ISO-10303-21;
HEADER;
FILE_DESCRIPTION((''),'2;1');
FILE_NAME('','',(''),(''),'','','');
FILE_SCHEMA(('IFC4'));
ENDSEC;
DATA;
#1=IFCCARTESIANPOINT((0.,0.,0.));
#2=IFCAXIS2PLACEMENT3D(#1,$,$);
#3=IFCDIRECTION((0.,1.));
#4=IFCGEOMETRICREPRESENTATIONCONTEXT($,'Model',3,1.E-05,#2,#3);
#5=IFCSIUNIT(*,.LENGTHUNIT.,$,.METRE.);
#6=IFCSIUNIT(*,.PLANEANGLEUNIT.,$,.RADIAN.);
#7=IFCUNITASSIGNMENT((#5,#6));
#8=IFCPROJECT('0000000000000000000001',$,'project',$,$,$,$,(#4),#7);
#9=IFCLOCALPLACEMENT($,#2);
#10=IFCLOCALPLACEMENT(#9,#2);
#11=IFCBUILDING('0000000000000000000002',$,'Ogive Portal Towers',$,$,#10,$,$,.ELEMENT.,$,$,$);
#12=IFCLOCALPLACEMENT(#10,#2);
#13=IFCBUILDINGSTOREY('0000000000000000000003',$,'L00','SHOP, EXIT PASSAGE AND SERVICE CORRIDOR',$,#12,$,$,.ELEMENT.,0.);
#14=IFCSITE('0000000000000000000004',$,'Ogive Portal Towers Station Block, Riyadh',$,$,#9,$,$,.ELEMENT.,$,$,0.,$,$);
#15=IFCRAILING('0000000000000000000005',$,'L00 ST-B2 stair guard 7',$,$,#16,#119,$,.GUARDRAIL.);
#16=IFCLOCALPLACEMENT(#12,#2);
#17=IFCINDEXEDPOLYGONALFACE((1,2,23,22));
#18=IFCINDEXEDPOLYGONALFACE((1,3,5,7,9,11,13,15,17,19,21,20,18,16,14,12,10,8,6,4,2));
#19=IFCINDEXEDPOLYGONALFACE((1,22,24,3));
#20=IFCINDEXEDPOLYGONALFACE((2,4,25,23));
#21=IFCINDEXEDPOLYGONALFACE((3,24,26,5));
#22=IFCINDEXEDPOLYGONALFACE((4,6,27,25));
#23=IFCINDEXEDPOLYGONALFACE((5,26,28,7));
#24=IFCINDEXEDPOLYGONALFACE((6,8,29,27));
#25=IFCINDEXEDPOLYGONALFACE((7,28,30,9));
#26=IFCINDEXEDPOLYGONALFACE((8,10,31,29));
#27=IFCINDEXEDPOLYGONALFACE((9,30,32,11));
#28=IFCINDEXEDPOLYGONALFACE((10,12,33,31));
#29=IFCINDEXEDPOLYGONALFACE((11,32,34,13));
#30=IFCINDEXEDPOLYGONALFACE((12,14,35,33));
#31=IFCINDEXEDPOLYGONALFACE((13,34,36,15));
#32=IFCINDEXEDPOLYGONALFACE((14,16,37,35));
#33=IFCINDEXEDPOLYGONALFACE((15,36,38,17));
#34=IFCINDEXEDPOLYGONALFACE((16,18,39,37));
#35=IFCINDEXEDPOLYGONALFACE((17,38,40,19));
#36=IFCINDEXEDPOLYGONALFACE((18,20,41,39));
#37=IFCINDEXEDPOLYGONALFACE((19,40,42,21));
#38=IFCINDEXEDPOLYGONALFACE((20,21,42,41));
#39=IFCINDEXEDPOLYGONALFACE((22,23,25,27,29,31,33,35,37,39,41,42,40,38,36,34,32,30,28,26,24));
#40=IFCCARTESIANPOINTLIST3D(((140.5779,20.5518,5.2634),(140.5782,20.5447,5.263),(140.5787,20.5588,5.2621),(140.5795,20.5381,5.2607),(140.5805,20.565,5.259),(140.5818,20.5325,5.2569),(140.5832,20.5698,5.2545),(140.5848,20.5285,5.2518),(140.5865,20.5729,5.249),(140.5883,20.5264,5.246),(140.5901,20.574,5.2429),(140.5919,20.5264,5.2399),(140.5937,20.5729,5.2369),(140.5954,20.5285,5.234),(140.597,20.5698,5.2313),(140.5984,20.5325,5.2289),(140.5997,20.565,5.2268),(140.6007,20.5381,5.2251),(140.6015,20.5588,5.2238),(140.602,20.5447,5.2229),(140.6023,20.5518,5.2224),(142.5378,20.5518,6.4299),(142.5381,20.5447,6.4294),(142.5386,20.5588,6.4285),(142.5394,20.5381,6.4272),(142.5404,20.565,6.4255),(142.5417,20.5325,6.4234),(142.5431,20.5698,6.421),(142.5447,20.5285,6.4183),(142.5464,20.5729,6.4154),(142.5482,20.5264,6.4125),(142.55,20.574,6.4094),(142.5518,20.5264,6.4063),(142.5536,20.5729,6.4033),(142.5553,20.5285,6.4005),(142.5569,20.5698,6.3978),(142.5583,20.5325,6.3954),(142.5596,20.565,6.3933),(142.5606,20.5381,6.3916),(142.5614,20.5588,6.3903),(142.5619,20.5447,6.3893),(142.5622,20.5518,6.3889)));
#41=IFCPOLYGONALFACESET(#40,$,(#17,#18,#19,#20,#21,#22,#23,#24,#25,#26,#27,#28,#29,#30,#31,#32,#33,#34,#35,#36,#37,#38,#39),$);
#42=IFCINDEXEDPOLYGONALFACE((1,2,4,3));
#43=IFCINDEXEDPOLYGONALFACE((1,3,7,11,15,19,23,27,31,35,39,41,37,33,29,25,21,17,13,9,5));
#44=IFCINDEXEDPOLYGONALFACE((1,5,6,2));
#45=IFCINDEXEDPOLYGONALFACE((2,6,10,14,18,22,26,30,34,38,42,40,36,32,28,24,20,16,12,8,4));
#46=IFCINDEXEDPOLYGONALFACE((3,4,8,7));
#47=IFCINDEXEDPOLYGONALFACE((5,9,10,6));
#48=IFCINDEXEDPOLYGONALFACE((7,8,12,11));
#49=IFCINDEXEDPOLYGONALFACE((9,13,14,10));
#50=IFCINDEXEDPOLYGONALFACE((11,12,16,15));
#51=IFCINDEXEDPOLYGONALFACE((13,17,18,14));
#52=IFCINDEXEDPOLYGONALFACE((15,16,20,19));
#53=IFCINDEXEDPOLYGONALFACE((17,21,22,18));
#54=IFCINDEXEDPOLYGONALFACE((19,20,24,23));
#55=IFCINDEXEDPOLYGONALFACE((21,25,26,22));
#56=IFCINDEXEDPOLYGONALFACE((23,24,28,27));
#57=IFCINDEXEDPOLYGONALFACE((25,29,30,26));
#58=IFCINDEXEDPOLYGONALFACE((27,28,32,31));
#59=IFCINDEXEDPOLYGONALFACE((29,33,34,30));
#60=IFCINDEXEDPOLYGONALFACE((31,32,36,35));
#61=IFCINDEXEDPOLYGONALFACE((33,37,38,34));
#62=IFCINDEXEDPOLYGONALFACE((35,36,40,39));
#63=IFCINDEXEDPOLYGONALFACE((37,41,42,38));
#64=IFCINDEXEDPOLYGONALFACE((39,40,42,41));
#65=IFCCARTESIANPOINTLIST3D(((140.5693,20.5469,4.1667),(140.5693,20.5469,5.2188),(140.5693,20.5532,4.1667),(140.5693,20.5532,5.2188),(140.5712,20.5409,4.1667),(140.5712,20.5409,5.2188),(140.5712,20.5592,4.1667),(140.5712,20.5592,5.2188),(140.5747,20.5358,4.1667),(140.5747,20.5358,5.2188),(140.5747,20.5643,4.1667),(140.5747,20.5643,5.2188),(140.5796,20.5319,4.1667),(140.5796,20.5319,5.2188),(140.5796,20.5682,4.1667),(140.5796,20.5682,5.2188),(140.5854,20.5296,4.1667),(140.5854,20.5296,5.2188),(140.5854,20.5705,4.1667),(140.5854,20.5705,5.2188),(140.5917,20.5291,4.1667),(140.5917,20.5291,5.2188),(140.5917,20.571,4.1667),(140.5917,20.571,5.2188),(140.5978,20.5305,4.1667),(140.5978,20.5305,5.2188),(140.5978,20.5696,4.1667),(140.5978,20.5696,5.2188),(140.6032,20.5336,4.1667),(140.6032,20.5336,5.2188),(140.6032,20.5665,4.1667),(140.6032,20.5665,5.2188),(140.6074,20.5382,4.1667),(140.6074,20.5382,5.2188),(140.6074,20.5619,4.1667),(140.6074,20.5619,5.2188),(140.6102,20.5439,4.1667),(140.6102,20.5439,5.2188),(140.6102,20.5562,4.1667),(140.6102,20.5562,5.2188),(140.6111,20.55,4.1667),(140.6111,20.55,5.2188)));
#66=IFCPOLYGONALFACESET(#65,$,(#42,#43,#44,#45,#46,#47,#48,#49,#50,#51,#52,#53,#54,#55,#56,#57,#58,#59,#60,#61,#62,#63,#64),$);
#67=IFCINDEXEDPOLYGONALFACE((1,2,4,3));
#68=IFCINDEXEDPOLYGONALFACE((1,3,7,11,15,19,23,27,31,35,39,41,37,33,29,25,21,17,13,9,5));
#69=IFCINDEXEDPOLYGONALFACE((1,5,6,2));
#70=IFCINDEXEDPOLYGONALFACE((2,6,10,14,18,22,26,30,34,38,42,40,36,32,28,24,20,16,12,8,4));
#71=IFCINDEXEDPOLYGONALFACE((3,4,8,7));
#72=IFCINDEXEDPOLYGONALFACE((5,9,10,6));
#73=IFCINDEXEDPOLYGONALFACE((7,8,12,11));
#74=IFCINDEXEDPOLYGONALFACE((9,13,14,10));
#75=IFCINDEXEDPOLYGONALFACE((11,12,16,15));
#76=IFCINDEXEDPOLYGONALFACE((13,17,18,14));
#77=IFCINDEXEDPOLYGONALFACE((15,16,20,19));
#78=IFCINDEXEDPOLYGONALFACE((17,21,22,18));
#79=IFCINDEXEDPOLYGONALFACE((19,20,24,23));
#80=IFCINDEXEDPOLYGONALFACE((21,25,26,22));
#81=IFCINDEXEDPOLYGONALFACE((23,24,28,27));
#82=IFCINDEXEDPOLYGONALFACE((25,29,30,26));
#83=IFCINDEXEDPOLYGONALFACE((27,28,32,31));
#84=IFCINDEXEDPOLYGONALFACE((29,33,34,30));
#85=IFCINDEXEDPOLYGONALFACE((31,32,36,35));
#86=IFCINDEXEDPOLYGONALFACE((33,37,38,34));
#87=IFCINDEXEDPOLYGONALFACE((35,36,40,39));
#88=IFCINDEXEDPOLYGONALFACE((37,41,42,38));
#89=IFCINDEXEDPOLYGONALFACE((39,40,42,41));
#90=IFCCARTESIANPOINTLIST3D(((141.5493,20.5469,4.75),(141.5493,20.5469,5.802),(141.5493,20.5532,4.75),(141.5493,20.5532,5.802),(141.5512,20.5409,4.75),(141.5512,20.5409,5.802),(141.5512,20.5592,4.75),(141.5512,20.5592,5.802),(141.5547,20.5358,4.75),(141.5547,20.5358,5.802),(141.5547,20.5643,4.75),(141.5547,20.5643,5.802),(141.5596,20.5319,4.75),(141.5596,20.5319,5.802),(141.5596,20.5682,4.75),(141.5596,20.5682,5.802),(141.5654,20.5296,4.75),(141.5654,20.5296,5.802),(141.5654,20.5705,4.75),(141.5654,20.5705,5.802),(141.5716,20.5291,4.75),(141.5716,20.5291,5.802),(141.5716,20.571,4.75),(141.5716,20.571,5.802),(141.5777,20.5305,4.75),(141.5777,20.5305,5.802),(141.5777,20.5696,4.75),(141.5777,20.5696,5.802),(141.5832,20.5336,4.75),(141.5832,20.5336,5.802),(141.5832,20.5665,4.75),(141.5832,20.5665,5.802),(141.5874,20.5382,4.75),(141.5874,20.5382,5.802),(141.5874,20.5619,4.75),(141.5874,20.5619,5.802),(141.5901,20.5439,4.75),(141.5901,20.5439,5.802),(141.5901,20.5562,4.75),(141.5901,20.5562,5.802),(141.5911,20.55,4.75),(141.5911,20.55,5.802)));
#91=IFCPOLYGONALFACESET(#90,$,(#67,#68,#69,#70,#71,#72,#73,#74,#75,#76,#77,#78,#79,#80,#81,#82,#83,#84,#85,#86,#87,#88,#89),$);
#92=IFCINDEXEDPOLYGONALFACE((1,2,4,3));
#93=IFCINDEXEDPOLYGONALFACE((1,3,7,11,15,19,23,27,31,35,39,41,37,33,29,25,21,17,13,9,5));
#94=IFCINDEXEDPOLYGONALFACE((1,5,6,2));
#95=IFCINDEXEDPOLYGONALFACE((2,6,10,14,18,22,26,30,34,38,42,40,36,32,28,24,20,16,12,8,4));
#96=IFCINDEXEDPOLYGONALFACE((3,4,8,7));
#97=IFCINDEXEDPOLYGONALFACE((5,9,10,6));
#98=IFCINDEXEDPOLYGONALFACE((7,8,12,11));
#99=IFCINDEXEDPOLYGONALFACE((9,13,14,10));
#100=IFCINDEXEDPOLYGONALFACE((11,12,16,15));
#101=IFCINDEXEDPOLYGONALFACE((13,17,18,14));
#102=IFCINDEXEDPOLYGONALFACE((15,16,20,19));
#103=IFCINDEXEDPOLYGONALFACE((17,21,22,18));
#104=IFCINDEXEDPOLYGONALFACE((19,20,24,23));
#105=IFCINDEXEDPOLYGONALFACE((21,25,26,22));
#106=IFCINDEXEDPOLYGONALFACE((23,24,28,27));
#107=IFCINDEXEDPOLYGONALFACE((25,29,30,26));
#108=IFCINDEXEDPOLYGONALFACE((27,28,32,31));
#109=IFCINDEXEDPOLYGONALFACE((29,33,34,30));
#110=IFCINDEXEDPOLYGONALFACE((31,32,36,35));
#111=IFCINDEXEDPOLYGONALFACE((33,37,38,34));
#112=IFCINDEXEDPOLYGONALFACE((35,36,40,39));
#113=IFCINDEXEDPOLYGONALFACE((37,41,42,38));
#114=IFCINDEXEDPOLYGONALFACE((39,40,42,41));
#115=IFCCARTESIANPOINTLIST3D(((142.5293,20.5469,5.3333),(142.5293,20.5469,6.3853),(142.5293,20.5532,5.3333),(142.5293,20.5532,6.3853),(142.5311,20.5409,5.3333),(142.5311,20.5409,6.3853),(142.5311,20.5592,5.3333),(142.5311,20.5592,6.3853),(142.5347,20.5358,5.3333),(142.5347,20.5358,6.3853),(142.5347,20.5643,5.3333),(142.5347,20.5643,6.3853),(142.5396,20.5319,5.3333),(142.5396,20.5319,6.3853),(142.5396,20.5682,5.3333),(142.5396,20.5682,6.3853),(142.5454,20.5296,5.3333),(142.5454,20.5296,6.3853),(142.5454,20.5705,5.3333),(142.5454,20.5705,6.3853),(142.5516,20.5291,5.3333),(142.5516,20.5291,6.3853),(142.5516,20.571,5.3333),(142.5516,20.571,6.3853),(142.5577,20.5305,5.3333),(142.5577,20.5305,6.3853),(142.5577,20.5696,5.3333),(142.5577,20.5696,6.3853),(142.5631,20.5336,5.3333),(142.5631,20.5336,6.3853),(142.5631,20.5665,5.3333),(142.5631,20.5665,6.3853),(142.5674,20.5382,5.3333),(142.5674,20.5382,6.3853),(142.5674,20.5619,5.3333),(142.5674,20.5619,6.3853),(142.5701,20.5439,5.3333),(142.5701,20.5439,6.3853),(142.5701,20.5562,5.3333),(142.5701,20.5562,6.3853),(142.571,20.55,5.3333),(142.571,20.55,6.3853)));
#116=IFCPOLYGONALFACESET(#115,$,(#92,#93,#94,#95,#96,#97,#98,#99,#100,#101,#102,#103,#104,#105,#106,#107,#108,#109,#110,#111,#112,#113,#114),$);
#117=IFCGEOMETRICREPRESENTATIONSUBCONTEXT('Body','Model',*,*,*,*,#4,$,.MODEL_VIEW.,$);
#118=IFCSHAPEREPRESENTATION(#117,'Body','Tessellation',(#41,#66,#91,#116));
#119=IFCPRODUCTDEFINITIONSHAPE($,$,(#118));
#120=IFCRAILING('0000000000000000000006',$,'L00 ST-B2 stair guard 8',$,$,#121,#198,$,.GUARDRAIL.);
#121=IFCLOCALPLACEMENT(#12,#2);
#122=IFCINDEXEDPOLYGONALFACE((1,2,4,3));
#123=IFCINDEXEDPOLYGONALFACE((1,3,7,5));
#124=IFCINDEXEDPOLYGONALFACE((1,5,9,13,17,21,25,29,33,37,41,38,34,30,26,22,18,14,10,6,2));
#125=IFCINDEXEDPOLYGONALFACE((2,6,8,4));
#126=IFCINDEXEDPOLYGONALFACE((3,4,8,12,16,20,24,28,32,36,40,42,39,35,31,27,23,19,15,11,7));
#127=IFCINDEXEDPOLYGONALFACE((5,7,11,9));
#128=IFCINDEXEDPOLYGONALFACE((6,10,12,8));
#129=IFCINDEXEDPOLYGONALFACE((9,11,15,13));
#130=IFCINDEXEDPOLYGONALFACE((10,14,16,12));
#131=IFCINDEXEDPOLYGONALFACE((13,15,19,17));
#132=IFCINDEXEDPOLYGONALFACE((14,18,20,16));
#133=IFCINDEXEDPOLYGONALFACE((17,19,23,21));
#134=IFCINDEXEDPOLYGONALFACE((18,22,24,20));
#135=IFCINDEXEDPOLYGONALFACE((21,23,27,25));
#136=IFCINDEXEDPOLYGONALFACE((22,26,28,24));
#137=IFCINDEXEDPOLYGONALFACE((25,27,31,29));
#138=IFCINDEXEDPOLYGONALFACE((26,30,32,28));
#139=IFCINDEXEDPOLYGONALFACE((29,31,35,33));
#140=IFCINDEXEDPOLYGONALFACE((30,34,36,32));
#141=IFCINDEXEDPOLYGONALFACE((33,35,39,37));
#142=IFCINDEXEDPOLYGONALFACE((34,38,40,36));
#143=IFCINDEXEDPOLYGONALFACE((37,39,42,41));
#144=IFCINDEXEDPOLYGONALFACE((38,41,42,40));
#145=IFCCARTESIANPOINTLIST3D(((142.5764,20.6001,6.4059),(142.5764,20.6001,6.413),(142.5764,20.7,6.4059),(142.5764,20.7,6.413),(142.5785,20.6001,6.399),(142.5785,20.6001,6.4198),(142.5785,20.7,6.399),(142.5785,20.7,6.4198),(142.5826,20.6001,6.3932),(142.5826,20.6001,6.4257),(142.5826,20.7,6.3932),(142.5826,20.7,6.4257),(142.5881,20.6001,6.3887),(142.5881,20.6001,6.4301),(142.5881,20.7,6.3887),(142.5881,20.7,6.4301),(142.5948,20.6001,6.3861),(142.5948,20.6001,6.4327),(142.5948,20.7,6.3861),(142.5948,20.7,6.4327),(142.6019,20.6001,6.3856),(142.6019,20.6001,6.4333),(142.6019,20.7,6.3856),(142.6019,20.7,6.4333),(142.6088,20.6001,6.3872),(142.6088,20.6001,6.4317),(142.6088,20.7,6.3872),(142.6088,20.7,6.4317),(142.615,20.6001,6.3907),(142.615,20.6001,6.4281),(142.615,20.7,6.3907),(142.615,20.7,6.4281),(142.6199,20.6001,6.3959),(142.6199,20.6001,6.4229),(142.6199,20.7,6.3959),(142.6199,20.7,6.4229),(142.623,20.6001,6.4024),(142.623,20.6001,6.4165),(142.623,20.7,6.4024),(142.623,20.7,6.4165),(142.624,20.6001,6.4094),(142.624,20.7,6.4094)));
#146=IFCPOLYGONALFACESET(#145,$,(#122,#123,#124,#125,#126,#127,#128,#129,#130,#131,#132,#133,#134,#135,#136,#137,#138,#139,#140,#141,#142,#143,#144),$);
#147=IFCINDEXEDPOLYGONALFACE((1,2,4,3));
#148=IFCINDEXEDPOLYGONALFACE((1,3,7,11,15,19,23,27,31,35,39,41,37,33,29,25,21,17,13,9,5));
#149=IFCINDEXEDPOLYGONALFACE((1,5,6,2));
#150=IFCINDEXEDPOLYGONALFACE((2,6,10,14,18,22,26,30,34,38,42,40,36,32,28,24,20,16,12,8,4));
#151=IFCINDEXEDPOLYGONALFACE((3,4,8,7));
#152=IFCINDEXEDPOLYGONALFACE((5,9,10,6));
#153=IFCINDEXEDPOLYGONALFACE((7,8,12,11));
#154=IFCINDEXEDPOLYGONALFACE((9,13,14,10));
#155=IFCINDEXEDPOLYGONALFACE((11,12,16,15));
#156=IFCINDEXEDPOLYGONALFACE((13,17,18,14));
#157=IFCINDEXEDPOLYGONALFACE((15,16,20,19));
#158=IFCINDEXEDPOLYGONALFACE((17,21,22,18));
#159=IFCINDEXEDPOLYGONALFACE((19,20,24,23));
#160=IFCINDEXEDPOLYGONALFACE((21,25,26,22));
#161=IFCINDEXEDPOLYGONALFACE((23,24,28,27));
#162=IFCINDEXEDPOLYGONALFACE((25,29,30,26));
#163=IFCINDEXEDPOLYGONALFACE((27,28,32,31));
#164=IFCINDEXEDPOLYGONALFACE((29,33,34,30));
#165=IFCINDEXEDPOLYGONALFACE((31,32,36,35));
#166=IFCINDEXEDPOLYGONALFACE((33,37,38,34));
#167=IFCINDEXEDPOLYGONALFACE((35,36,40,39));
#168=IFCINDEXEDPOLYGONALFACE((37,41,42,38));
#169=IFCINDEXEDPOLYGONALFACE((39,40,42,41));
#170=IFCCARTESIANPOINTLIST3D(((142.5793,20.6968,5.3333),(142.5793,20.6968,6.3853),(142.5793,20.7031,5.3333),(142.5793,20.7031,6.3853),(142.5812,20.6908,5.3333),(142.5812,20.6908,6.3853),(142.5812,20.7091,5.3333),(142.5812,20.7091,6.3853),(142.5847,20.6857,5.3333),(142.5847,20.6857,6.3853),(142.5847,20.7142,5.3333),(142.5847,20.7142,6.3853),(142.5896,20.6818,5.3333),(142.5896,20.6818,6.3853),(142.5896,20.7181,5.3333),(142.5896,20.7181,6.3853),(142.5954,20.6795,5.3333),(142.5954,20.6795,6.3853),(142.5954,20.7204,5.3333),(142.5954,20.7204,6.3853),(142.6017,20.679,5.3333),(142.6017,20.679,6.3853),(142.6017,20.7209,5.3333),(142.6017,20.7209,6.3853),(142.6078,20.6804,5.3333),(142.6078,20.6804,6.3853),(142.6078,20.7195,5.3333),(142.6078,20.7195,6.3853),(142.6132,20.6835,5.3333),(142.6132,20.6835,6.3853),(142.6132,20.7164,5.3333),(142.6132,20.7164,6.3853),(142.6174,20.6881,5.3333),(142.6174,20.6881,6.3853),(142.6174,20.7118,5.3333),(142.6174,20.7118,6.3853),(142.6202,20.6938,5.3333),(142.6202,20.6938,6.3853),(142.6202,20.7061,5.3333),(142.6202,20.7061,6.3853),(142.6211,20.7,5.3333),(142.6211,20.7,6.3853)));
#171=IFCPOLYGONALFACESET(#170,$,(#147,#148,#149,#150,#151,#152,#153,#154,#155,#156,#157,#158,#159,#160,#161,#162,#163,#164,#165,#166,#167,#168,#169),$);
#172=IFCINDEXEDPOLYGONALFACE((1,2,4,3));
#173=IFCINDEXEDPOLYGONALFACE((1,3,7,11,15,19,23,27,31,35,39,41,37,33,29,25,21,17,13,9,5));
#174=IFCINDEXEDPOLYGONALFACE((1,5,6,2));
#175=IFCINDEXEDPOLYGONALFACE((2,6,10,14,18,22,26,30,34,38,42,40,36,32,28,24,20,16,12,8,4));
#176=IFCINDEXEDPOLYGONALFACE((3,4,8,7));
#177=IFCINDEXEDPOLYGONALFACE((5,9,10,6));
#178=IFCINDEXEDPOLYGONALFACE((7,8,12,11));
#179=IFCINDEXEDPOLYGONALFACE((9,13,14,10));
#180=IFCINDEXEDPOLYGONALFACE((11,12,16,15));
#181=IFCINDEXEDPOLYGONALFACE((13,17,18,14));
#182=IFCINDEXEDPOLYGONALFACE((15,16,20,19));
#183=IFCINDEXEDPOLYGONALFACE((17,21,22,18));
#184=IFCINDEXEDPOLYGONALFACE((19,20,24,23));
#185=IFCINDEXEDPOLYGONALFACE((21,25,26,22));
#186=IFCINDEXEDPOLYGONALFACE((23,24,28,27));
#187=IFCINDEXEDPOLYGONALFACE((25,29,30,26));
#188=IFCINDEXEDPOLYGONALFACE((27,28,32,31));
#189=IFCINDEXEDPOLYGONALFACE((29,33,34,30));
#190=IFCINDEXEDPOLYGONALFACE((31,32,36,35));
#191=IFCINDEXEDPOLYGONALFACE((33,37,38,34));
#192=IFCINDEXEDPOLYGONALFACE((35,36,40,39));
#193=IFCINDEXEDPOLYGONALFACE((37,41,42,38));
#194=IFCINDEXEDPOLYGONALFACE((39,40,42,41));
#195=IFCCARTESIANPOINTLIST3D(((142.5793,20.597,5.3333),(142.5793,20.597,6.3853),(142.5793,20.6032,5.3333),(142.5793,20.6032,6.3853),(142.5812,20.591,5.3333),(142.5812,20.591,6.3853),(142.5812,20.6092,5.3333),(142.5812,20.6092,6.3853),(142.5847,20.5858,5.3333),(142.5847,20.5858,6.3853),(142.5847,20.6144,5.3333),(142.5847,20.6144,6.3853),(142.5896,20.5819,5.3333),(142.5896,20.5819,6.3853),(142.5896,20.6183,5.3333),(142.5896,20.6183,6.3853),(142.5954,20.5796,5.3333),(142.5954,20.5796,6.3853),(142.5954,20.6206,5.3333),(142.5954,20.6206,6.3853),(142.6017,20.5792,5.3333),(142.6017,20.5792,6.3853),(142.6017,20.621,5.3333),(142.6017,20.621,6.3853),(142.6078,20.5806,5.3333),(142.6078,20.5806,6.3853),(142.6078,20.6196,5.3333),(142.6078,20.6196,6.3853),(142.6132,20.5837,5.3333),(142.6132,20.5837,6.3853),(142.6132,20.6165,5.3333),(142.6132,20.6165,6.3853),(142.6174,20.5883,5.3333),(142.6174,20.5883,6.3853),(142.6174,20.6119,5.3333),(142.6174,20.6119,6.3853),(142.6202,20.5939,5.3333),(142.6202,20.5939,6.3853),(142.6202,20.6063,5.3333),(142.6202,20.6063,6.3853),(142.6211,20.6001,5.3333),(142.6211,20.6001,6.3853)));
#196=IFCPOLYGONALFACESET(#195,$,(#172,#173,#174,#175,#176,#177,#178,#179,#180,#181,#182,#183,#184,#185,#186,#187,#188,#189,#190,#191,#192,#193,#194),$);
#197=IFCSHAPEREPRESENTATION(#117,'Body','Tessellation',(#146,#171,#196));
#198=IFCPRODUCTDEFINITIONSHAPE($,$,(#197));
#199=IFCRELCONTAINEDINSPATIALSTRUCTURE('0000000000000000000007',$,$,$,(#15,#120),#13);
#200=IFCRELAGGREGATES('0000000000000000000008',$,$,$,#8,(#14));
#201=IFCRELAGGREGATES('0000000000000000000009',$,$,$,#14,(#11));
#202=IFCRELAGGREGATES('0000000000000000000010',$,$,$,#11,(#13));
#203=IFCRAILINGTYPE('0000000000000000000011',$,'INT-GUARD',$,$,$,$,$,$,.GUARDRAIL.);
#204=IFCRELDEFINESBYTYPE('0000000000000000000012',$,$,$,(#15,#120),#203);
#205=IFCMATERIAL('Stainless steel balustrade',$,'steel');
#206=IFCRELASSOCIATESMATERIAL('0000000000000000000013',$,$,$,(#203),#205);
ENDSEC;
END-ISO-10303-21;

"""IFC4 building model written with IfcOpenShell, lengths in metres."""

from ifc_helpers import new_model, si_unit, direction, frame, origin, origin_2d, place, context, subcontext, project, spatial, circle, extrude, material, type_object, element, save


model = new_model("IFC4")

# Units and contexts
model_context = context("Model", 3, precision=1e-05, world=origin(), true_north=direction((0.0, 1.0)))
body_context = subcontext(model_context, "Body", "Model", "MODEL_VIEW")
ifc_project = project(units=[si_unit("LENGTHUNIT", "METRE"), si_unit("PLANEANGLEUNIT", "RADIAN")], contexts=[model_context])

# Site, building, storey
site_placement = place(None, origin())
site = spatial("IfcSite", under=ifc_project, at=site_placement, Name="Ogive Portal Towers Station Block, Riyadh", CompositionType="ELEMENT", RefElevation=0.0)
building_placement = place(site_placement, origin())
building = spatial("IfcBuilding", under=site, at=building_placement, Name="Ogive Portal Towers", CompositionType="ELEMENT")
storey_placement = place(building_placement, origin())
storey = spatial("IfcBuildingStorey", under=building, at=storey_placement, Name="L00", Description="SHOP, EXIT PASSAGE AND SERVICE CORRIDOR", CompositionType="ELEMENT", Elevation=0.0)

# Railings
ifc_material_1 = material(Name="Stainless steel balustrade", Category="steel")
railing_type_1 = type_object("IfcRailingType", Name="INT-GUARD", PredefinedType="GUARDRAIL", material=ifc_material_1)
railing_1_placement = place(storey_placement, frame((140.5901, 20.55, 4.1667)))
element("IfcRailing", 1, at=railing_1_placement, inside=storey, type_object=railing_type_1, Name="L00 ST-B2 stair guard 7", PredefinedType="GUARDRAIL", context=body_context, shape_type="SweptSolid", body=[
    extrude(circle(Radius=0.0239, at=origin_2d()), frame((0.0, 0.0, 1.0762), z_axis=(0.85932, 0.0, 0.511439), x_axis=(0.0, 1.0, 0.0)), (0.0, 0.0, 1.0), 2.2808),
    extrude(circle(Radius=0.021, at=origin_2d()), origin(), (0.0, 0.0, 1.0), 1.052),
    extrude(circle(Radius=0.021, at=origin_2d()), frame((0.98, 0.0, 0.5833)), (0.0, 0.0, 1.0), 1.052),
    extrude(circle(Radius=0.021, at=origin_2d()), frame((1.96, 0.0, 1.1665)), (0.0, 0.0, 1.0), 1.052),
])
railing_2_placement = place(storey_placement, frame((142.6001, 20.7, 5.3333)))
element("IfcRailing", 2, at=railing_2_placement, inside=storey, type_object=railing_type_1, Name="L00 ST-B2 stair guard 8", PredefinedType="GUARDRAIL", context=body_context, shape_type="SweptSolid", body=[
    extrude(circle(Radius=0.0239, at=origin_2d()), frame((0.0, 0.0, 1.0762), z_axis=(0.0, -1.0, 0.0), x_axis=(1.0, 0.0, 0.0)), (0.0, 0.0, 1.0), 0.0999),
    extrude(circle(Radius=0.021, at=origin_2d()), origin(), (0.0, 0.0, 1.0), 1.052),
    extrude(circle(Radius=0.021, at=origin_2d()), frame((0.0, -0.0999, 0.0)), (0.0, 0.0, 1.0), 1.052),
])

save(model, "model.ifc")
